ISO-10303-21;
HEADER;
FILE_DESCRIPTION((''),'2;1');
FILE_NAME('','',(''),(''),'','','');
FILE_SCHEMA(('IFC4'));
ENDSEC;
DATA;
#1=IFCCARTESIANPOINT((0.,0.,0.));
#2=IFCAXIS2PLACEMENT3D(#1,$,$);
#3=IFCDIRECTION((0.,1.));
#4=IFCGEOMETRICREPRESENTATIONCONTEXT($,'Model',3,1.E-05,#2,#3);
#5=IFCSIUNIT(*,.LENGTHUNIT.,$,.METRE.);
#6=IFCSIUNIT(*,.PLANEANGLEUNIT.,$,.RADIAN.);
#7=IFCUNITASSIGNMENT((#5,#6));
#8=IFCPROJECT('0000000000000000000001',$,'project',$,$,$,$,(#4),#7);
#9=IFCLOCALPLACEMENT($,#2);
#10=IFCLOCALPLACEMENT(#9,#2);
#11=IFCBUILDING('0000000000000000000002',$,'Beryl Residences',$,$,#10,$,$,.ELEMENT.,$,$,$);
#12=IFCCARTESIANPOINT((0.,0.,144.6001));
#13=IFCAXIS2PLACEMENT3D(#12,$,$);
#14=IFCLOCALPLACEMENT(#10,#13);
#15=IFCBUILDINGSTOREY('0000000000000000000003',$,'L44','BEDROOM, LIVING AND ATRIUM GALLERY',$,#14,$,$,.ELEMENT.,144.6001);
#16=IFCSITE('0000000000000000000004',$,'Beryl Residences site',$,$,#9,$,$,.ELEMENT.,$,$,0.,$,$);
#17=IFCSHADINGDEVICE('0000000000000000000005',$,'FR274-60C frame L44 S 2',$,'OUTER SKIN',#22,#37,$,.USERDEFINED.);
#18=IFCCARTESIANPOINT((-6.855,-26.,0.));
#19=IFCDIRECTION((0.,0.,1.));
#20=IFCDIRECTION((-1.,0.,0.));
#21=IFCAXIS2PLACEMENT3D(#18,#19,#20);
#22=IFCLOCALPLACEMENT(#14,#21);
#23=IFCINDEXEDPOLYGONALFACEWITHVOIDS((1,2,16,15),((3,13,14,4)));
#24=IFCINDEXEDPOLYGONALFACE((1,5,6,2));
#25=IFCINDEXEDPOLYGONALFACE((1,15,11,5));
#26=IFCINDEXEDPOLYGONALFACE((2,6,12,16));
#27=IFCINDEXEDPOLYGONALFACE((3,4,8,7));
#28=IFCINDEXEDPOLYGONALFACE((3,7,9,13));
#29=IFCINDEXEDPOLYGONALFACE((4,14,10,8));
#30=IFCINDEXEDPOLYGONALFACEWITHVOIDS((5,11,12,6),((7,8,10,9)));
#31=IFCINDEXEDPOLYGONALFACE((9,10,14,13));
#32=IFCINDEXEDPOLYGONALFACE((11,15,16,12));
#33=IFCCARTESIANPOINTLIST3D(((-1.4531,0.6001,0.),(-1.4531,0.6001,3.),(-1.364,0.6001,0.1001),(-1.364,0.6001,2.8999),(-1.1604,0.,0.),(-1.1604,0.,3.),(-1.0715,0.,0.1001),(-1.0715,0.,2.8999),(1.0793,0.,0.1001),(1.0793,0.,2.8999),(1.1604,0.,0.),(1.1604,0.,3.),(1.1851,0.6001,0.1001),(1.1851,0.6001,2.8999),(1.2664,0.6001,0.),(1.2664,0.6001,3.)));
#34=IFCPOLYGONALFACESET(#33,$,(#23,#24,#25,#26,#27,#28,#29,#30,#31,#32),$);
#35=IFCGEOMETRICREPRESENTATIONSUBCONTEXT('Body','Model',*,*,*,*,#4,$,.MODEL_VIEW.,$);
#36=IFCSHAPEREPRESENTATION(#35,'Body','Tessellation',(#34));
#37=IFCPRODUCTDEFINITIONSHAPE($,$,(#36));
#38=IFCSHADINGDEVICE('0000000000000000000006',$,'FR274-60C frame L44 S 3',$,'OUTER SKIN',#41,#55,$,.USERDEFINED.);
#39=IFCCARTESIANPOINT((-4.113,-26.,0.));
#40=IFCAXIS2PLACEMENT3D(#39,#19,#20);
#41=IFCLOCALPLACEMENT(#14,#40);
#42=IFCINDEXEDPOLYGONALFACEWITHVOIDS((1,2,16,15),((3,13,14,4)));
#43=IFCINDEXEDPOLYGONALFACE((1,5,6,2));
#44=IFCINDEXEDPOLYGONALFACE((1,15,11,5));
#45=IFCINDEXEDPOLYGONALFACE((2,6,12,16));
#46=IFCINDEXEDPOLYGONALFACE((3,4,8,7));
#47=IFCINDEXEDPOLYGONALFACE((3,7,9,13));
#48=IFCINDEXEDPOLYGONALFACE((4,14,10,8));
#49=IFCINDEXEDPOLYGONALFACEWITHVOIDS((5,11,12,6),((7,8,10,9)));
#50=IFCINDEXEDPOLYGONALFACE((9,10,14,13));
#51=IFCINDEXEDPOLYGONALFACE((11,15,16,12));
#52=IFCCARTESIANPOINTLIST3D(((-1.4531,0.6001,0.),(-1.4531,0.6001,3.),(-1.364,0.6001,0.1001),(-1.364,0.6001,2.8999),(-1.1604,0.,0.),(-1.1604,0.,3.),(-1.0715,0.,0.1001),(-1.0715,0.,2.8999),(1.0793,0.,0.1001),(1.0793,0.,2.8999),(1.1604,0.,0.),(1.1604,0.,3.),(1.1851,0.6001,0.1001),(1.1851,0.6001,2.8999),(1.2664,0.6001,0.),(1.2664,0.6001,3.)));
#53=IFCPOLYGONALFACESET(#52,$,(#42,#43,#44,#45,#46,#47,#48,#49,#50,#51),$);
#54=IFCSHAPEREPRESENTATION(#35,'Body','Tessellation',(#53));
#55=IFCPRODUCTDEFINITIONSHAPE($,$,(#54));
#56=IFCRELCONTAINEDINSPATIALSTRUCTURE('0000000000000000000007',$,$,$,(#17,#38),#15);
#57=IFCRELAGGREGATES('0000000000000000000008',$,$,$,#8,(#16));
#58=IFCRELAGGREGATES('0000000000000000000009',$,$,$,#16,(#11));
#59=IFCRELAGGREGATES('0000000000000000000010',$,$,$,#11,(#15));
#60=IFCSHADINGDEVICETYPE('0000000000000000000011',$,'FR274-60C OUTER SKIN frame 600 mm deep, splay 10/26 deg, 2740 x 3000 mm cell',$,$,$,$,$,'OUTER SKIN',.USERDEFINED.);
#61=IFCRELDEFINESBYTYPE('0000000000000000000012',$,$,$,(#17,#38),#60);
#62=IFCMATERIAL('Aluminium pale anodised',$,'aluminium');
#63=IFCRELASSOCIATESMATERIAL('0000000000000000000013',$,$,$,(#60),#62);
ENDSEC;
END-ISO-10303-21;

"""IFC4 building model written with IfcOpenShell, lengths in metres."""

from ifc_helpers import new_model, entity, si_unit, direction, frame, origin, place, context, subcontext, project, spatial, source, transform, mapped, material, type_object, type_shapes, element, save


model = new_model("IFC4")

# Units and contexts
model_context = context("Model", 3, precision=1e-05, world=origin(), true_north=direction((0.0, 1.0)))
body_context = subcontext(model_context, "Body", "Model", "MODEL_VIEW")
ifc_project = project(units=[si_unit("LENGTHUNIT", "METRE"), si_unit("PLANEANGLEUNIT", "RADIAN")], contexts=[model_context])

# Site, building, storey
site_placement = place(None, origin())
site = spatial("IfcSite", under=ifc_project, at=site_placement, Name="Beryl Residences site", CompositionType="ELEMENT", RefElevation=0.0)
building_placement = place(site_placement, origin())
building = spatial("IfcBuilding", under=site, at=building_placement, Name="Beryl Residences", CompositionType="ELEMENT")
storey_placement = place(building_placement, frame((0.0, 0.0, 144.6001)))
storey = spatial("IfcBuildingStorey", under=building, at=storey_placement, Name="L44", Description="BEDROOM, LIVING AND ATRIUM GALLERY", CompositionType="ELEMENT", Elevation=144.6001)

# Shading devices
ifc_material_1 = material(Name="Aluminium pale anodised", Category="aluminium")
shading_device_type = type_object("IfcShadingDeviceType", Name="FR274-60C OUTER SKIN frame 600 mm deep, splay 10/26 deg, 2740 x 3000 mm cell", ElementType="OUTER SKIN", PredefinedType="USERDEFINED", material=ifc_material_1)
cartesian_point_1 = entity("IfcCartesianPoint", [-1.1604, 0.0])
cartesian_point_2 = entity("IfcCartesianPoint", [-1.0793, 0.1001])
cartesian_point_3 = entity("IfcCartesianPoint", [-1.2664, 0.0])
cartesian_point_4 = entity("IfcCartesianPoint", [-1.1851, 0.1001])
shared_shape_1 = source(origin(), body_context, "Body", "SweptSolid", [
    entity("IfcExtrudedAreaSolidTapered", entity("IfcArbitraryProfileDefWithVoids", "AREA", None, entity("IfcPolyline", [cartesian_point_1, entity("IfcCartesianPoint", [1.1604, 0.0]), entity("IfcCartesianPoint", [1.1604, 3.0]), entity("IfcCartesianPoint", [-1.1604, 3.0]), cartesian_point_1]), [entity("IfcPolyline", [cartesian_point_2, entity("IfcCartesianPoint", [1.0715, 0.1001]), entity("IfcCartesianPoint", [1.0715, 2.8999]), entity("IfcCartesianPoint", [-1.0793, 2.8999]), cartesian_point_2])]), entity("IfcAxis2Placement3D", entity("IfcCartesianPoint", [0.0, 0.0, 0.0]), entity("IfcDirection", [0.0, 1.0, 0.0]), entity("IfcDirection", [-1.0, 0.0, 0.0])), entity("IfcDirection", [0.0, 0.0, 1.0]), 0.6001, entity("IfcArbitraryProfileDefWithVoids", "AREA", None, entity("IfcPolyline", [cartesian_point_3, entity("IfcCartesianPoint", [1.4531, 0.0]), entity("IfcCartesianPoint", [1.4531, 3.0]), entity("IfcCartesianPoint", [-1.2664, 3.0]), cartesian_point_3]), [entity("IfcPolyline", [cartesian_point_4, entity("IfcCartesianPoint", [1.364, 0.1001]), entity("IfcCartesianPoint", [1.364, 2.8999]), entity("IfcCartesianPoint", [-1.1851, 2.8999]), cartesian_point_4])])),
])
type_shapes(shading_device_type, [shared_shape_1])
for number, where, z_axis, x_axis, name in (
    (1, (-6.855, -26.0, 0.0), (0.0, 0.0, 1.0), (-1.0, 0.0, 0.0), "FR274-60C frame L44 S 2"),
    (2, (-4.113, -26.0, 0.0), (0.0, 0.0, 1.0), (-1.0, 0.0, 0.0), "FR274-60C frame L44 S 3"),
):
    element("IfcShadingDevice", number, at=place(storey_placement, frame(where, z_axis=z_axis, x_axis=x_axis)), inside=storey, type_object=shading_device_type, Name=name, ObjectType="OUTER SKIN", PredefinedType="USERDEFINED", context=body_context, shape_type="MappedRepresentation", body=[
        mapped(shared_shape_1, transform((0.0, 0.0, 0.0))),
    ])

save(model, "model.ifc")
